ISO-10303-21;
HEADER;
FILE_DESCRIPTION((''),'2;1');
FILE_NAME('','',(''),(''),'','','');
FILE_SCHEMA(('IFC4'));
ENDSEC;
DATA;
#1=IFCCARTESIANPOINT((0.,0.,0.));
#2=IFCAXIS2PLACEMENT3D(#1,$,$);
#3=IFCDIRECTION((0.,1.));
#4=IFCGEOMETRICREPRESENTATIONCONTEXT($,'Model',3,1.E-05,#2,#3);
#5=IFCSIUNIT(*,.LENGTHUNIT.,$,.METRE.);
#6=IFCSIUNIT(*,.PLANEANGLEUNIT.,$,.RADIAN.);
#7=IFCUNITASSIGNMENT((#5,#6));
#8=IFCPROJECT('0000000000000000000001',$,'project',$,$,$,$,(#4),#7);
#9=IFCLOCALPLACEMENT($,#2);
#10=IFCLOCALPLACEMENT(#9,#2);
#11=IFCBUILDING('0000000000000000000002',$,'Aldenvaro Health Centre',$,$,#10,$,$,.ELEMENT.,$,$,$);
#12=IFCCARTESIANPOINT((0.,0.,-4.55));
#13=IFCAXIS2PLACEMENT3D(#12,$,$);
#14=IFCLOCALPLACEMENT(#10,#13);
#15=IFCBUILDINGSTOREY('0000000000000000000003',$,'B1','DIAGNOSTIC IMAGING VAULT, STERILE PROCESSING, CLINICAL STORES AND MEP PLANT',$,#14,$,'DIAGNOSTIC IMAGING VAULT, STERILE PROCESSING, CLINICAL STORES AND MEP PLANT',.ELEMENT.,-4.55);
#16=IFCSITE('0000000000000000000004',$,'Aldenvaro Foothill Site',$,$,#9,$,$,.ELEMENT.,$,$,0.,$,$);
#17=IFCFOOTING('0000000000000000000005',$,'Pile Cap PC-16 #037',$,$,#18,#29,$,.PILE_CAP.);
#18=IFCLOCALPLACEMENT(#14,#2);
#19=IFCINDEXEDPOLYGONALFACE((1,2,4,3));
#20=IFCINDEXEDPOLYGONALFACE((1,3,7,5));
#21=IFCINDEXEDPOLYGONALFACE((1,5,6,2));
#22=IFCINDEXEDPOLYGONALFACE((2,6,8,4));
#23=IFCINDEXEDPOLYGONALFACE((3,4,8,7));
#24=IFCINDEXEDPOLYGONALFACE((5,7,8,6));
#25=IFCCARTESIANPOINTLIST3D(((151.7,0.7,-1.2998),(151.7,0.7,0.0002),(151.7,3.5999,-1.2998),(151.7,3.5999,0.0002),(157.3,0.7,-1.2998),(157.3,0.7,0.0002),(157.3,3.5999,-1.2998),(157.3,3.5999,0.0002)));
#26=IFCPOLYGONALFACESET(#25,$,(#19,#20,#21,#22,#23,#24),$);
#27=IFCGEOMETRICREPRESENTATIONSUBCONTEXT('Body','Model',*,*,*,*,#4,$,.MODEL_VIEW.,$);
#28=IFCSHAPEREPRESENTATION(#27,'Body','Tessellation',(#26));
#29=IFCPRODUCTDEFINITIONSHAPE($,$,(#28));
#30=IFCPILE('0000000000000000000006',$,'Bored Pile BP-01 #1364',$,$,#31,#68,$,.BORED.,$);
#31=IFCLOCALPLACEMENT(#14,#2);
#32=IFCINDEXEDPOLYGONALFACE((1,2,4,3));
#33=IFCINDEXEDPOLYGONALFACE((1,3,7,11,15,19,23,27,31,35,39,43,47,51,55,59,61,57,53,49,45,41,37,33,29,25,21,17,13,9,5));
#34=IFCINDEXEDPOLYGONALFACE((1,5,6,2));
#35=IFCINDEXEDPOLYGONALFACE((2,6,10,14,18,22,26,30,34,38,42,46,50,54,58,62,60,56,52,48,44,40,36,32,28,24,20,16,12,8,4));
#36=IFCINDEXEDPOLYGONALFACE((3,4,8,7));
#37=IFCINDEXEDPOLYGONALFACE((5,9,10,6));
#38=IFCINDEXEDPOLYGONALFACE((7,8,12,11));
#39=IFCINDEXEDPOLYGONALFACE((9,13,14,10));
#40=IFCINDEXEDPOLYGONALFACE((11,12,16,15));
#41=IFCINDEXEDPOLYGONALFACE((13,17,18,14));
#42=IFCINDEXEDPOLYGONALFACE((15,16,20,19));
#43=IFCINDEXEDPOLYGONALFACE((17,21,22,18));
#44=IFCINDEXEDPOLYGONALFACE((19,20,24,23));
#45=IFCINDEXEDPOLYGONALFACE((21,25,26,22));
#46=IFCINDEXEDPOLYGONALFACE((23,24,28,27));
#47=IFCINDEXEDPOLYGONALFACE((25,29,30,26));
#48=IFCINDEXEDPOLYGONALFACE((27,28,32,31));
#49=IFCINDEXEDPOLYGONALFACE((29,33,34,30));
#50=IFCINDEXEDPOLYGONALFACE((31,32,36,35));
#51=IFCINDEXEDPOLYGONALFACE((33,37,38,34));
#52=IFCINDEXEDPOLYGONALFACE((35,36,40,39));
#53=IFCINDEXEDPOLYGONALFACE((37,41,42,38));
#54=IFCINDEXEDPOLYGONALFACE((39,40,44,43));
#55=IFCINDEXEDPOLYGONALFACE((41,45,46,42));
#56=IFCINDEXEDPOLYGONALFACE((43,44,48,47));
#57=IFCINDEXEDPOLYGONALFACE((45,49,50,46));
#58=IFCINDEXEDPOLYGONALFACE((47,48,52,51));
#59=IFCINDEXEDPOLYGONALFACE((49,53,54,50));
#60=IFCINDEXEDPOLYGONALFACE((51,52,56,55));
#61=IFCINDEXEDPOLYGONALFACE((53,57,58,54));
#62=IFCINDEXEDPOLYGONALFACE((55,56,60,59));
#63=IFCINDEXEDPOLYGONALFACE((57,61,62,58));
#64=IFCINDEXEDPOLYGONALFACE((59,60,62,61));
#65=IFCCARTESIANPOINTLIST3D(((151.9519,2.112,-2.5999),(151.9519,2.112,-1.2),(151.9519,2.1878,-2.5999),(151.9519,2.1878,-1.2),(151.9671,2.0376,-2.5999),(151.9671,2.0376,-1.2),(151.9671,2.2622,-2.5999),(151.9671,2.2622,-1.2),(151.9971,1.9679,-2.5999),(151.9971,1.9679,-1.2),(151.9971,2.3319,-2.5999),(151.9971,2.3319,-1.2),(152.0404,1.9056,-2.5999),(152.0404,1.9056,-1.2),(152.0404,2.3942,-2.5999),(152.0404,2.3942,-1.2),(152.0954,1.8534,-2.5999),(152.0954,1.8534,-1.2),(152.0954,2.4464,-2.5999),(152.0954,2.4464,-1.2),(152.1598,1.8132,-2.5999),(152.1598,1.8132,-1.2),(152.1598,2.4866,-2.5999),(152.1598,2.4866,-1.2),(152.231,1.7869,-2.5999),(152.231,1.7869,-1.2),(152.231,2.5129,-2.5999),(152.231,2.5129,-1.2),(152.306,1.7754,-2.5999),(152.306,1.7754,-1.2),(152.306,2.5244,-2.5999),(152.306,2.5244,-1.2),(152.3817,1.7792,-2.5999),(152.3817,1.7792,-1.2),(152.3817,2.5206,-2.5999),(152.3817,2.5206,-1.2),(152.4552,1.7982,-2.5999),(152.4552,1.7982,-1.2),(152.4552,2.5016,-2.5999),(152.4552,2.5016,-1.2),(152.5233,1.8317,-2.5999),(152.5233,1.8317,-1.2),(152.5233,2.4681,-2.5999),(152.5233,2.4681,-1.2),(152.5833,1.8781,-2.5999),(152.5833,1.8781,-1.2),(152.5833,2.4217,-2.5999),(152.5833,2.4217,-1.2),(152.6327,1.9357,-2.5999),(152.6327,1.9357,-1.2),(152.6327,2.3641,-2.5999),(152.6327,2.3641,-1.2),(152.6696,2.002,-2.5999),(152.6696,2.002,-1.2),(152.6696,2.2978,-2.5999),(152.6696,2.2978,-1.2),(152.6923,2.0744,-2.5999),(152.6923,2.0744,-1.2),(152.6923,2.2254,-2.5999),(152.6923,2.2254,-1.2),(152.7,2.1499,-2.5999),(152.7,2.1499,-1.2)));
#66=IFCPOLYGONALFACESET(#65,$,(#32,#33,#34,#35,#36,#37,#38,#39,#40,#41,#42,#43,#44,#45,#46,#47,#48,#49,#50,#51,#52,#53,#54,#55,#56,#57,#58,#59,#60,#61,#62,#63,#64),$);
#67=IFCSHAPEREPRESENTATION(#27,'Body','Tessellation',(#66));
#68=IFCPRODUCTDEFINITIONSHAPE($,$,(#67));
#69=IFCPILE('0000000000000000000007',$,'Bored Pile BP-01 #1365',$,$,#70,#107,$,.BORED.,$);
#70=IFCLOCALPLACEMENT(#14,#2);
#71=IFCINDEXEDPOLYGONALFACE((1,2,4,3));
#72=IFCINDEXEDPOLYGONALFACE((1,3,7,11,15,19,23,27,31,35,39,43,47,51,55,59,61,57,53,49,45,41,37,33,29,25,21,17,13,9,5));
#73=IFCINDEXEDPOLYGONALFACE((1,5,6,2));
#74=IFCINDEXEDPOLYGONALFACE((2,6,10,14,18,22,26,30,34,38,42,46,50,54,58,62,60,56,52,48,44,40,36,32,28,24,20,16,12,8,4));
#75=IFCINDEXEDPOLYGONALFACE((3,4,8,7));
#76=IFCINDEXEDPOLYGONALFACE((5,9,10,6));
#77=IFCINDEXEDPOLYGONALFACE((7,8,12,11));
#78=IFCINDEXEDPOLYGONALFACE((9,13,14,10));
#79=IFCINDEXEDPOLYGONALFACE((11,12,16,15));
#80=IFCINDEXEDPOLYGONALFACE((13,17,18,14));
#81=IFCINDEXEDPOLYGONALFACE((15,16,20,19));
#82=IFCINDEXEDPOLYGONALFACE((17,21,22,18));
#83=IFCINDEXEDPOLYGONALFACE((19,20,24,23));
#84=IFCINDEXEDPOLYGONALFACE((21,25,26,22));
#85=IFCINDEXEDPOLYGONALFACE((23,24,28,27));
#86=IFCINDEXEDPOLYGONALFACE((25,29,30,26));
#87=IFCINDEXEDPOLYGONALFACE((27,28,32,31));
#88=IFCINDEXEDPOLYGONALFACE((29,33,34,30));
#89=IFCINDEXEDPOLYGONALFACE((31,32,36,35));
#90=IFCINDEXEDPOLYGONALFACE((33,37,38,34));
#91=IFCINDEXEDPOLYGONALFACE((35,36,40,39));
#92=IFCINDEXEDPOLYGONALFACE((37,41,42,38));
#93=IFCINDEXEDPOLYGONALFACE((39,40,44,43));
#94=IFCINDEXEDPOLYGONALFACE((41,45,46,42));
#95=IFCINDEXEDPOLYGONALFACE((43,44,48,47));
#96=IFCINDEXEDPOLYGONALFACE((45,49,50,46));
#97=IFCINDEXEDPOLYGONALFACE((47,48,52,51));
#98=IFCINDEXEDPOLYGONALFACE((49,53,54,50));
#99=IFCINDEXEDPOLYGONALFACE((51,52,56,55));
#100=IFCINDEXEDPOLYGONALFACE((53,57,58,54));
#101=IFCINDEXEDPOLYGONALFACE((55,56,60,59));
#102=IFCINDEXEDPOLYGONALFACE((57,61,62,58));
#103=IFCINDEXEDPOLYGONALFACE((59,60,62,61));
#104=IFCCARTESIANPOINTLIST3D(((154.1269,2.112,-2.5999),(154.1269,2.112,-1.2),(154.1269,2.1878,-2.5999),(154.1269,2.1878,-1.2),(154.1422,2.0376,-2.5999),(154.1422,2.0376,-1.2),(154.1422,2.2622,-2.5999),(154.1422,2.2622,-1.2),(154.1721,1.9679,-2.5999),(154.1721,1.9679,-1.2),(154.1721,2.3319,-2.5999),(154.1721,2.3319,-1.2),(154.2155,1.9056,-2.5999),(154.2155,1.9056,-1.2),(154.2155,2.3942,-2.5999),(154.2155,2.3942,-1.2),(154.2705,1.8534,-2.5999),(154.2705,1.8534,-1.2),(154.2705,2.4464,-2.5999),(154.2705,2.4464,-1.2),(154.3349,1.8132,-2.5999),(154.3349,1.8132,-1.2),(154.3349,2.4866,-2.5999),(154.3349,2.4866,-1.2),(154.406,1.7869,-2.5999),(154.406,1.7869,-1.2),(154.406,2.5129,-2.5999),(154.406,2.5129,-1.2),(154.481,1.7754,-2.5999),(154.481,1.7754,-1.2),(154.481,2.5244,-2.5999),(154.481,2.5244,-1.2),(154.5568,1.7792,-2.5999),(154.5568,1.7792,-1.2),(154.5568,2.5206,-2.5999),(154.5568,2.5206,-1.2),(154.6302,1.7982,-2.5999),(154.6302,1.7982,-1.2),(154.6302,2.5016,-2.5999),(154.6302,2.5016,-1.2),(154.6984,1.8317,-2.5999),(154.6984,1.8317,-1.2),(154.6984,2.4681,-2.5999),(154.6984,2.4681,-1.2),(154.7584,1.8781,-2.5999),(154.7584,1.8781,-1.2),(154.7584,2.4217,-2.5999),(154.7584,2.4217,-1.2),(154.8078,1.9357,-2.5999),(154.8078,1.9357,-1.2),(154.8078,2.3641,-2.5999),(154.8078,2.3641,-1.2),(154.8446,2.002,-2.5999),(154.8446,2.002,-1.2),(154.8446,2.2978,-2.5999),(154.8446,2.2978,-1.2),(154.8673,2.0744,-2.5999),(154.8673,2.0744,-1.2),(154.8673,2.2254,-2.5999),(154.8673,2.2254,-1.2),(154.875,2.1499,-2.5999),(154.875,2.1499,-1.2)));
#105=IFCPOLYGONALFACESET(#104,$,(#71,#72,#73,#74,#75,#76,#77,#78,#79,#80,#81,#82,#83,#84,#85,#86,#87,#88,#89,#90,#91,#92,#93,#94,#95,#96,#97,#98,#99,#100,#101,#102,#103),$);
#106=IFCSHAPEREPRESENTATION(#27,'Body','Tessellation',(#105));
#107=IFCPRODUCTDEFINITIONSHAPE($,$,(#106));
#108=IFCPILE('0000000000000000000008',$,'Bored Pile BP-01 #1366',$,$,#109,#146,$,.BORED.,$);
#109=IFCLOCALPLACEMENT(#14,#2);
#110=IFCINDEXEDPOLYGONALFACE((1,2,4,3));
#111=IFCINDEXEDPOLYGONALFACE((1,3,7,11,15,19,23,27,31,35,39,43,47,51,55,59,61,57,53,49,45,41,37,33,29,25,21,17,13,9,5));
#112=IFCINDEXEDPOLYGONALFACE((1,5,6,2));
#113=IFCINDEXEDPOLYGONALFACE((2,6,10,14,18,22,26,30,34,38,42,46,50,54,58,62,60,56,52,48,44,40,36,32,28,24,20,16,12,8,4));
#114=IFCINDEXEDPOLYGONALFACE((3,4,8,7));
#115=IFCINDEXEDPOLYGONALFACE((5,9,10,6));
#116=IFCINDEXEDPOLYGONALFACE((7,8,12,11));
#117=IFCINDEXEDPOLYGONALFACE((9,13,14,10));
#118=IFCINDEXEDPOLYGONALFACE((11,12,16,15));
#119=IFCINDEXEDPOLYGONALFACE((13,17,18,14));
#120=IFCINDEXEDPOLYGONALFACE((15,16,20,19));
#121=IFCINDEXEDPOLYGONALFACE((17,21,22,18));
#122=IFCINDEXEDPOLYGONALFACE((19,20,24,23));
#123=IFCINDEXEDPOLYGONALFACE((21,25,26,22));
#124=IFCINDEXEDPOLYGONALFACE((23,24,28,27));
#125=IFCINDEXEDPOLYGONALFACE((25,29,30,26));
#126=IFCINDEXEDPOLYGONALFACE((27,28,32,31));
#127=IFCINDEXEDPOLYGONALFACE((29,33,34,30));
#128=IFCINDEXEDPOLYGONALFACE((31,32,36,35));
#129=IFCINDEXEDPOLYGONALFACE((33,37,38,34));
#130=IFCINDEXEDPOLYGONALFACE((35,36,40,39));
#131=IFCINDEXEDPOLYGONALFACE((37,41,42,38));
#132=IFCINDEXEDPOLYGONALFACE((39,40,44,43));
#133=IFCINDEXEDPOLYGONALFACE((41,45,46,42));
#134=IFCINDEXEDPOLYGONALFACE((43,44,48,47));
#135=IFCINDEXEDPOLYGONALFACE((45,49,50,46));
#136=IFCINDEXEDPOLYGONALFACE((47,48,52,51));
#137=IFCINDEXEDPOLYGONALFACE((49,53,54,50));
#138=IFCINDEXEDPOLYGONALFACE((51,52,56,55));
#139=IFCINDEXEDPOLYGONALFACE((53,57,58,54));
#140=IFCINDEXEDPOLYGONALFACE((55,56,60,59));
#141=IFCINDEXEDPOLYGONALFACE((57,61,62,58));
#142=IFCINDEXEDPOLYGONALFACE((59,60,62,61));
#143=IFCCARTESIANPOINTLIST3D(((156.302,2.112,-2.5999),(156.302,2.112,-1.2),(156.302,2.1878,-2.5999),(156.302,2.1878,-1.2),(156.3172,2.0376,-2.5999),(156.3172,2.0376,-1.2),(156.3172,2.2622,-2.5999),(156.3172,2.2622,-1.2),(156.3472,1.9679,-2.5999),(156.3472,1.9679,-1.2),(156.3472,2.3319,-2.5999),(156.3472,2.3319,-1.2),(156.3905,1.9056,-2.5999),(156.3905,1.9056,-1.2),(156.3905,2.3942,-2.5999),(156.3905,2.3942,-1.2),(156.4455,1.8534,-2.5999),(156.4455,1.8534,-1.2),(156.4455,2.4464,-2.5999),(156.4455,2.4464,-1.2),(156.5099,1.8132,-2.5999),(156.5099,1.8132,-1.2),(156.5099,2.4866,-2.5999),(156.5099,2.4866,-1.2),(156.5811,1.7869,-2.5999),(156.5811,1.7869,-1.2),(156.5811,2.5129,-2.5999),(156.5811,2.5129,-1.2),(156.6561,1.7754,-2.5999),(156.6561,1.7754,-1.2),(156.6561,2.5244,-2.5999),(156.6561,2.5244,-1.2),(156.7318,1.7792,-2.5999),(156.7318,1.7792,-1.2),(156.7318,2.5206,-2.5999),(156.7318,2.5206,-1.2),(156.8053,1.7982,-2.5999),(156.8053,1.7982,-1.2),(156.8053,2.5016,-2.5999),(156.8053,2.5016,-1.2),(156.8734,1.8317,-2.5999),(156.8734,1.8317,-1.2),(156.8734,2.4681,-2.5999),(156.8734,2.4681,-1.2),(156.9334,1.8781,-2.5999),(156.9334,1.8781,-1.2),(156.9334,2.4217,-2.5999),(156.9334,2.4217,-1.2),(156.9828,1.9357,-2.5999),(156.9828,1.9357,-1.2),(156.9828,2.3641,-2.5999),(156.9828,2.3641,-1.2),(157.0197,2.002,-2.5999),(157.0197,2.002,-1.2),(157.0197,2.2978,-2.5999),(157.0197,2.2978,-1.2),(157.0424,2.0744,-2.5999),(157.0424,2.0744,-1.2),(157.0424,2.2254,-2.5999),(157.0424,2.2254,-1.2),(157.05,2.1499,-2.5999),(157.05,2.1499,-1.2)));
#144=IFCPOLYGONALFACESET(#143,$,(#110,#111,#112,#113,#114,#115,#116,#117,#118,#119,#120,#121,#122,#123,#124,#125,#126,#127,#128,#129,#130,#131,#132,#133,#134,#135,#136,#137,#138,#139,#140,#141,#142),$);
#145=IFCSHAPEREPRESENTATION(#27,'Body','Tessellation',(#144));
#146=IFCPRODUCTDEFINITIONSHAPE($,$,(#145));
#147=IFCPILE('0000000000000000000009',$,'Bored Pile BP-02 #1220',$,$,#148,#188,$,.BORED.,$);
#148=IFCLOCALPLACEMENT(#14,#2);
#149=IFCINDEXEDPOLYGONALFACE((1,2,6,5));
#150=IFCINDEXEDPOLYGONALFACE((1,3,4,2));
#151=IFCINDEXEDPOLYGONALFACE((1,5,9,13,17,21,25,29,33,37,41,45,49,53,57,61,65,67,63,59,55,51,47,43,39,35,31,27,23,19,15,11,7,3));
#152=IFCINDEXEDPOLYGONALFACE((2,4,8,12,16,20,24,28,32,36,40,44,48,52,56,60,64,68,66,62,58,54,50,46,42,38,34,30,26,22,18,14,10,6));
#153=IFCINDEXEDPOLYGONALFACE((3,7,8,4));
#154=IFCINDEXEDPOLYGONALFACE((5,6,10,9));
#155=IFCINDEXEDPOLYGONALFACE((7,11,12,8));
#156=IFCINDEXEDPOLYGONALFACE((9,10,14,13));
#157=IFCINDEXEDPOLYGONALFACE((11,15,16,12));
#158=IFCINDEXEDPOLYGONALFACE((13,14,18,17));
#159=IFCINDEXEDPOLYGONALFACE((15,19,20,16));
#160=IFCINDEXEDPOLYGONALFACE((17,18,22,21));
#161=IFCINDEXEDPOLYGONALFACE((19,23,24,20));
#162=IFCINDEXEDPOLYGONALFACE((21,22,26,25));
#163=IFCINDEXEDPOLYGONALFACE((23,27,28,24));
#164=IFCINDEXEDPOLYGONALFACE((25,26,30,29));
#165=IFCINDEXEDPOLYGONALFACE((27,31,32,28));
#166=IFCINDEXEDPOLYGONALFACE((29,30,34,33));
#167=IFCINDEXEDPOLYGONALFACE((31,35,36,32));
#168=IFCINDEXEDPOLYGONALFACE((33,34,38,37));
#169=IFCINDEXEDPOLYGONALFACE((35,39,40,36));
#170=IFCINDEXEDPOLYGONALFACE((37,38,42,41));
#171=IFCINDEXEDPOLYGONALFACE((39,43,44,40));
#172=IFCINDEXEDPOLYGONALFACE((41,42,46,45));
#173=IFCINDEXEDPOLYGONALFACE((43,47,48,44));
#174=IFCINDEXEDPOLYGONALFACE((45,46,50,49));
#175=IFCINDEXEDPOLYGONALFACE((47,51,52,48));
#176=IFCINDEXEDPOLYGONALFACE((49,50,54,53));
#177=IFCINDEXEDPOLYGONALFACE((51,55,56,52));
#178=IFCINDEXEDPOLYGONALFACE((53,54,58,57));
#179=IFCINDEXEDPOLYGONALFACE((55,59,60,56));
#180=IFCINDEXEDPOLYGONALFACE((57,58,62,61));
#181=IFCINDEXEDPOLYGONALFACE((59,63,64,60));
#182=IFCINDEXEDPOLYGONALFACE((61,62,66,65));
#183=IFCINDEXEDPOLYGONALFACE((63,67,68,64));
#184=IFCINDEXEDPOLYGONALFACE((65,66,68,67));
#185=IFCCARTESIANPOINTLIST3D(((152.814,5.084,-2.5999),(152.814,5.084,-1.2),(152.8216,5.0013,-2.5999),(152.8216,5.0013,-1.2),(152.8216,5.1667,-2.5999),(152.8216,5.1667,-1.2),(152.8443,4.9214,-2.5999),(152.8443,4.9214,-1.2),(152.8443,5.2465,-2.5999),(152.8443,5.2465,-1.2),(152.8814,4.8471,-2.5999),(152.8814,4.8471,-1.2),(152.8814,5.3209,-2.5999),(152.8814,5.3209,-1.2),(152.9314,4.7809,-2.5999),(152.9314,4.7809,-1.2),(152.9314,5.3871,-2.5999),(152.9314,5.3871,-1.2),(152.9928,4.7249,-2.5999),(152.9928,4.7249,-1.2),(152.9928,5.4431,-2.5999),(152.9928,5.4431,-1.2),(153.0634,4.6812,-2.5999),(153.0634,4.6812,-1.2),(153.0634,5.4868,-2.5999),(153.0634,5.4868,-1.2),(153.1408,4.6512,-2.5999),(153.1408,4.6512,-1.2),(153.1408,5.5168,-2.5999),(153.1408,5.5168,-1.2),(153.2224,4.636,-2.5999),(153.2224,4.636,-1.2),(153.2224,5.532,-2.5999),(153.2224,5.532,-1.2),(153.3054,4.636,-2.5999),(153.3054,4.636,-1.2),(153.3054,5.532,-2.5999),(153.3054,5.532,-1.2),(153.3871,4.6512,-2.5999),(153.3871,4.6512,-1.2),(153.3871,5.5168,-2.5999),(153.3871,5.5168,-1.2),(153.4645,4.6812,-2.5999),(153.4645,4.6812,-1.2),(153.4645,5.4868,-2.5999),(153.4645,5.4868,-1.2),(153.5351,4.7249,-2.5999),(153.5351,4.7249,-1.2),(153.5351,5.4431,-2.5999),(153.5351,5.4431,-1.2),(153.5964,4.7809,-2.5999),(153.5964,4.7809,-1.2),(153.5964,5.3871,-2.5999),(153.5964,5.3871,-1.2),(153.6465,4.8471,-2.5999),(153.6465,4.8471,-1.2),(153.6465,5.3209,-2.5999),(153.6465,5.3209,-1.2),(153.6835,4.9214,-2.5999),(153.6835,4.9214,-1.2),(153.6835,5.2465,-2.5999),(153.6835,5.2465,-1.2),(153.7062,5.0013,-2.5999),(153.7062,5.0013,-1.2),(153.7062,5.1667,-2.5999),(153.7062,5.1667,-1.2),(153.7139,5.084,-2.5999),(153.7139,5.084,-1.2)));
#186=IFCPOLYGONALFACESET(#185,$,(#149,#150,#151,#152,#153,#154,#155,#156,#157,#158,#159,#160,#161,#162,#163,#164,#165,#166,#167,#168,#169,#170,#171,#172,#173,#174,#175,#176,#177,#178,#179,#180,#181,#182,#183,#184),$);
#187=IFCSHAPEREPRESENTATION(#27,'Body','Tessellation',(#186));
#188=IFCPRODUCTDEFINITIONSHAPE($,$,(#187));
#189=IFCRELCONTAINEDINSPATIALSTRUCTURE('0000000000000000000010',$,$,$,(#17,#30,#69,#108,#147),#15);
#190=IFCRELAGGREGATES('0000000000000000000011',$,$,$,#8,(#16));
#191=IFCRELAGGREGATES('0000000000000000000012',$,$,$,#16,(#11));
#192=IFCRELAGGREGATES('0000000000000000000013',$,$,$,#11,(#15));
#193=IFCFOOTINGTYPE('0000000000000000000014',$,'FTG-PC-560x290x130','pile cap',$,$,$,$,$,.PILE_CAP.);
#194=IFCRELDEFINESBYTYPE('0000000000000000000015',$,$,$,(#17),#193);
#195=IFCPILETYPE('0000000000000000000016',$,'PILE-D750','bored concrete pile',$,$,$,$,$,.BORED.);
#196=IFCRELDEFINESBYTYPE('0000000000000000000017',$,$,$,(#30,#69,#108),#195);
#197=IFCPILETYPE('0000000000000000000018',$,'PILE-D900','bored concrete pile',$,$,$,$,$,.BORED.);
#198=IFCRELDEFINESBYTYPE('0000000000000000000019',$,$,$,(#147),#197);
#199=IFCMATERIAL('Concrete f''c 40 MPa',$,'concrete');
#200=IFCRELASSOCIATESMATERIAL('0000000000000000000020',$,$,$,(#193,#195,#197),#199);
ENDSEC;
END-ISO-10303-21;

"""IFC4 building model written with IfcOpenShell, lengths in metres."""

from ifc_helpers import new_model, si_unit, direction, frame, origin, origin_2d, place, context, subcontext, project, spatial, rectangle, circle, extrude, material, material_profile, profile_set, type_object, element, save


model = new_model("IFC4")

# Units and contexts
model_context = context("Model", 3, precision=1e-05, world=origin(), true_north=direction((0.0, 1.0)))
body_context = subcontext(model_context, "Body", "Model", "MODEL_VIEW")
ifc_project = project(units=[si_unit("LENGTHUNIT", "METRE"), si_unit("PLANEANGLEUNIT", "RADIAN")], contexts=[model_context])

# Site, building, storey
site_placement = place(None, origin())
site = spatial("IfcSite", under=ifc_project, at=site_placement, Name="Aldenvaro Foothill Site", CompositionType="ELEMENT", RefElevation=0.0)
building_placement = place(site_placement, origin())
building = spatial("IfcBuilding", under=site, at=building_placement, Name="Aldenvaro Health Centre", CompositionType="ELEMENT")
storey_placement = place(building_placement, frame((0.0, 0.0, -4.55)))
storey = spatial("IfcBuildingStorey", under=building, at=storey_placement, Name="B1", Description="DIAGNOSTIC IMAGING VAULT, STERILE PROCESSING, CLINICAL STORES AND MEP PLANT", LongName="DIAGNOSTIC IMAGING VAULT, STERILE PROCESSING, CLINICAL STORES AND MEP PLANT", CompositionType="ELEMENT", Elevation=-4.55)

# Footing
ifc_material_1 = material(Name="Concrete f'c 40 MPa", Category="concrete")
footing_type = type_object("IfcFootingType", Name="FTG-PC-560x290x130", Description="pile cap", PredefinedType="PILE_CAP", material=ifc_material_1)
footing_placement = place(storey_placement, frame((154.5, 2.1499, -1.2998), z_axis=(0.0, 0.0, 1.0), x_axis=(1.0, 0.0, 0.0)))
element("IfcFooting", 1, at=footing_placement, inside=storey, type_object=footing_type, Name="Pile Cap PC-16 #037", PredefinedType="PILE_CAP", context=body_context, shape_type="SweptSolid", body=[
    extrude(rectangle(XDim=5.6001, YDim=2.8999, at=origin_2d()), origin(), (0.0, 0.0, 1.0), 1.3),
])

# Piles
ifc_material_profile_1 = material_profile(ifc_material_1, circle(Radius=0.375, at=origin_2d()), Name="PILE D750", Category="concrete")
ifc_profile_set_1 = profile_set([ifc_material_profile_1], Name="Concrete f'c 40 MPa")
pile_type_1 = type_object("IfcPileType", Name="PILE-D750", Description="bored concrete pile", PredefinedType="BORED", material=ifc_profile_set_1)
for number, where, z_axis, x_axis, name in (
    (2, (152.325, 2.1499, -1.2), (0.0, 0.0, -1.0), (1.0, 0.0, 0.0), "Bored Pile BP-01 #1364"),
    (3, (154.5, 2.1499, -1.2), (0.0, 0.0, -1.0), (1.0, 0.0, 0.0), "Bored Pile BP-01 #1365"),
    (4, (156.675, 2.1499, -1.2), (0.0, 0.0, -1.0), (1.0, 0.0, 0.0), "Bored Pile BP-01 #1366"),
):
    element("IfcPile", number, at=place(storey_placement, frame(where, z_axis=z_axis, x_axis=x_axis)), inside=storey, type_object=pile_type_1, Name=name, PredefinedType="BORED", context=body_context, shape_type="SweptSolid", body=[
        extrude(circle(Radius=0.375, at=origin_2d()), origin(), (0.0, 0.0, 1.0), 1.3999),
    ])
ifc_material_profile_2 = material_profile(ifc_material_1, circle(Radius=0.45, at=origin_2d()), Name="PILE D900", Category="concrete")
ifc_profile_set_2 = profile_set([ifc_material_profile_2], Name="Concrete f'c 40 MPa")
pile_type_2 = type_object("IfcPileType", Name="PILE-D900", Description="bored concrete pile", PredefinedType="BORED", material=ifc_profile_set_2)
for number, where, z_axis, x_axis, name in (
    (5, (153.2639, 5.084, -1.2), (0.0, 0.0, -1.0), (1.0, 0.0, 0.0), "Bored Pile BP-02 #1220"),
):
    element("IfcPile", number, at=place(storey_placement, frame(where, z_axis=z_axis, x_axis=x_axis)), inside=storey, type_object=pile_type_2, Name=name, PredefinedType="BORED", context=body_context, shape_type="SweptSolid", body=[
        extrude(circle(Radius=0.45, at=origin_2d()), origin(), (0.0, 0.0, 1.0), 1.3999),
    ])

save(model, "model.ifc")
